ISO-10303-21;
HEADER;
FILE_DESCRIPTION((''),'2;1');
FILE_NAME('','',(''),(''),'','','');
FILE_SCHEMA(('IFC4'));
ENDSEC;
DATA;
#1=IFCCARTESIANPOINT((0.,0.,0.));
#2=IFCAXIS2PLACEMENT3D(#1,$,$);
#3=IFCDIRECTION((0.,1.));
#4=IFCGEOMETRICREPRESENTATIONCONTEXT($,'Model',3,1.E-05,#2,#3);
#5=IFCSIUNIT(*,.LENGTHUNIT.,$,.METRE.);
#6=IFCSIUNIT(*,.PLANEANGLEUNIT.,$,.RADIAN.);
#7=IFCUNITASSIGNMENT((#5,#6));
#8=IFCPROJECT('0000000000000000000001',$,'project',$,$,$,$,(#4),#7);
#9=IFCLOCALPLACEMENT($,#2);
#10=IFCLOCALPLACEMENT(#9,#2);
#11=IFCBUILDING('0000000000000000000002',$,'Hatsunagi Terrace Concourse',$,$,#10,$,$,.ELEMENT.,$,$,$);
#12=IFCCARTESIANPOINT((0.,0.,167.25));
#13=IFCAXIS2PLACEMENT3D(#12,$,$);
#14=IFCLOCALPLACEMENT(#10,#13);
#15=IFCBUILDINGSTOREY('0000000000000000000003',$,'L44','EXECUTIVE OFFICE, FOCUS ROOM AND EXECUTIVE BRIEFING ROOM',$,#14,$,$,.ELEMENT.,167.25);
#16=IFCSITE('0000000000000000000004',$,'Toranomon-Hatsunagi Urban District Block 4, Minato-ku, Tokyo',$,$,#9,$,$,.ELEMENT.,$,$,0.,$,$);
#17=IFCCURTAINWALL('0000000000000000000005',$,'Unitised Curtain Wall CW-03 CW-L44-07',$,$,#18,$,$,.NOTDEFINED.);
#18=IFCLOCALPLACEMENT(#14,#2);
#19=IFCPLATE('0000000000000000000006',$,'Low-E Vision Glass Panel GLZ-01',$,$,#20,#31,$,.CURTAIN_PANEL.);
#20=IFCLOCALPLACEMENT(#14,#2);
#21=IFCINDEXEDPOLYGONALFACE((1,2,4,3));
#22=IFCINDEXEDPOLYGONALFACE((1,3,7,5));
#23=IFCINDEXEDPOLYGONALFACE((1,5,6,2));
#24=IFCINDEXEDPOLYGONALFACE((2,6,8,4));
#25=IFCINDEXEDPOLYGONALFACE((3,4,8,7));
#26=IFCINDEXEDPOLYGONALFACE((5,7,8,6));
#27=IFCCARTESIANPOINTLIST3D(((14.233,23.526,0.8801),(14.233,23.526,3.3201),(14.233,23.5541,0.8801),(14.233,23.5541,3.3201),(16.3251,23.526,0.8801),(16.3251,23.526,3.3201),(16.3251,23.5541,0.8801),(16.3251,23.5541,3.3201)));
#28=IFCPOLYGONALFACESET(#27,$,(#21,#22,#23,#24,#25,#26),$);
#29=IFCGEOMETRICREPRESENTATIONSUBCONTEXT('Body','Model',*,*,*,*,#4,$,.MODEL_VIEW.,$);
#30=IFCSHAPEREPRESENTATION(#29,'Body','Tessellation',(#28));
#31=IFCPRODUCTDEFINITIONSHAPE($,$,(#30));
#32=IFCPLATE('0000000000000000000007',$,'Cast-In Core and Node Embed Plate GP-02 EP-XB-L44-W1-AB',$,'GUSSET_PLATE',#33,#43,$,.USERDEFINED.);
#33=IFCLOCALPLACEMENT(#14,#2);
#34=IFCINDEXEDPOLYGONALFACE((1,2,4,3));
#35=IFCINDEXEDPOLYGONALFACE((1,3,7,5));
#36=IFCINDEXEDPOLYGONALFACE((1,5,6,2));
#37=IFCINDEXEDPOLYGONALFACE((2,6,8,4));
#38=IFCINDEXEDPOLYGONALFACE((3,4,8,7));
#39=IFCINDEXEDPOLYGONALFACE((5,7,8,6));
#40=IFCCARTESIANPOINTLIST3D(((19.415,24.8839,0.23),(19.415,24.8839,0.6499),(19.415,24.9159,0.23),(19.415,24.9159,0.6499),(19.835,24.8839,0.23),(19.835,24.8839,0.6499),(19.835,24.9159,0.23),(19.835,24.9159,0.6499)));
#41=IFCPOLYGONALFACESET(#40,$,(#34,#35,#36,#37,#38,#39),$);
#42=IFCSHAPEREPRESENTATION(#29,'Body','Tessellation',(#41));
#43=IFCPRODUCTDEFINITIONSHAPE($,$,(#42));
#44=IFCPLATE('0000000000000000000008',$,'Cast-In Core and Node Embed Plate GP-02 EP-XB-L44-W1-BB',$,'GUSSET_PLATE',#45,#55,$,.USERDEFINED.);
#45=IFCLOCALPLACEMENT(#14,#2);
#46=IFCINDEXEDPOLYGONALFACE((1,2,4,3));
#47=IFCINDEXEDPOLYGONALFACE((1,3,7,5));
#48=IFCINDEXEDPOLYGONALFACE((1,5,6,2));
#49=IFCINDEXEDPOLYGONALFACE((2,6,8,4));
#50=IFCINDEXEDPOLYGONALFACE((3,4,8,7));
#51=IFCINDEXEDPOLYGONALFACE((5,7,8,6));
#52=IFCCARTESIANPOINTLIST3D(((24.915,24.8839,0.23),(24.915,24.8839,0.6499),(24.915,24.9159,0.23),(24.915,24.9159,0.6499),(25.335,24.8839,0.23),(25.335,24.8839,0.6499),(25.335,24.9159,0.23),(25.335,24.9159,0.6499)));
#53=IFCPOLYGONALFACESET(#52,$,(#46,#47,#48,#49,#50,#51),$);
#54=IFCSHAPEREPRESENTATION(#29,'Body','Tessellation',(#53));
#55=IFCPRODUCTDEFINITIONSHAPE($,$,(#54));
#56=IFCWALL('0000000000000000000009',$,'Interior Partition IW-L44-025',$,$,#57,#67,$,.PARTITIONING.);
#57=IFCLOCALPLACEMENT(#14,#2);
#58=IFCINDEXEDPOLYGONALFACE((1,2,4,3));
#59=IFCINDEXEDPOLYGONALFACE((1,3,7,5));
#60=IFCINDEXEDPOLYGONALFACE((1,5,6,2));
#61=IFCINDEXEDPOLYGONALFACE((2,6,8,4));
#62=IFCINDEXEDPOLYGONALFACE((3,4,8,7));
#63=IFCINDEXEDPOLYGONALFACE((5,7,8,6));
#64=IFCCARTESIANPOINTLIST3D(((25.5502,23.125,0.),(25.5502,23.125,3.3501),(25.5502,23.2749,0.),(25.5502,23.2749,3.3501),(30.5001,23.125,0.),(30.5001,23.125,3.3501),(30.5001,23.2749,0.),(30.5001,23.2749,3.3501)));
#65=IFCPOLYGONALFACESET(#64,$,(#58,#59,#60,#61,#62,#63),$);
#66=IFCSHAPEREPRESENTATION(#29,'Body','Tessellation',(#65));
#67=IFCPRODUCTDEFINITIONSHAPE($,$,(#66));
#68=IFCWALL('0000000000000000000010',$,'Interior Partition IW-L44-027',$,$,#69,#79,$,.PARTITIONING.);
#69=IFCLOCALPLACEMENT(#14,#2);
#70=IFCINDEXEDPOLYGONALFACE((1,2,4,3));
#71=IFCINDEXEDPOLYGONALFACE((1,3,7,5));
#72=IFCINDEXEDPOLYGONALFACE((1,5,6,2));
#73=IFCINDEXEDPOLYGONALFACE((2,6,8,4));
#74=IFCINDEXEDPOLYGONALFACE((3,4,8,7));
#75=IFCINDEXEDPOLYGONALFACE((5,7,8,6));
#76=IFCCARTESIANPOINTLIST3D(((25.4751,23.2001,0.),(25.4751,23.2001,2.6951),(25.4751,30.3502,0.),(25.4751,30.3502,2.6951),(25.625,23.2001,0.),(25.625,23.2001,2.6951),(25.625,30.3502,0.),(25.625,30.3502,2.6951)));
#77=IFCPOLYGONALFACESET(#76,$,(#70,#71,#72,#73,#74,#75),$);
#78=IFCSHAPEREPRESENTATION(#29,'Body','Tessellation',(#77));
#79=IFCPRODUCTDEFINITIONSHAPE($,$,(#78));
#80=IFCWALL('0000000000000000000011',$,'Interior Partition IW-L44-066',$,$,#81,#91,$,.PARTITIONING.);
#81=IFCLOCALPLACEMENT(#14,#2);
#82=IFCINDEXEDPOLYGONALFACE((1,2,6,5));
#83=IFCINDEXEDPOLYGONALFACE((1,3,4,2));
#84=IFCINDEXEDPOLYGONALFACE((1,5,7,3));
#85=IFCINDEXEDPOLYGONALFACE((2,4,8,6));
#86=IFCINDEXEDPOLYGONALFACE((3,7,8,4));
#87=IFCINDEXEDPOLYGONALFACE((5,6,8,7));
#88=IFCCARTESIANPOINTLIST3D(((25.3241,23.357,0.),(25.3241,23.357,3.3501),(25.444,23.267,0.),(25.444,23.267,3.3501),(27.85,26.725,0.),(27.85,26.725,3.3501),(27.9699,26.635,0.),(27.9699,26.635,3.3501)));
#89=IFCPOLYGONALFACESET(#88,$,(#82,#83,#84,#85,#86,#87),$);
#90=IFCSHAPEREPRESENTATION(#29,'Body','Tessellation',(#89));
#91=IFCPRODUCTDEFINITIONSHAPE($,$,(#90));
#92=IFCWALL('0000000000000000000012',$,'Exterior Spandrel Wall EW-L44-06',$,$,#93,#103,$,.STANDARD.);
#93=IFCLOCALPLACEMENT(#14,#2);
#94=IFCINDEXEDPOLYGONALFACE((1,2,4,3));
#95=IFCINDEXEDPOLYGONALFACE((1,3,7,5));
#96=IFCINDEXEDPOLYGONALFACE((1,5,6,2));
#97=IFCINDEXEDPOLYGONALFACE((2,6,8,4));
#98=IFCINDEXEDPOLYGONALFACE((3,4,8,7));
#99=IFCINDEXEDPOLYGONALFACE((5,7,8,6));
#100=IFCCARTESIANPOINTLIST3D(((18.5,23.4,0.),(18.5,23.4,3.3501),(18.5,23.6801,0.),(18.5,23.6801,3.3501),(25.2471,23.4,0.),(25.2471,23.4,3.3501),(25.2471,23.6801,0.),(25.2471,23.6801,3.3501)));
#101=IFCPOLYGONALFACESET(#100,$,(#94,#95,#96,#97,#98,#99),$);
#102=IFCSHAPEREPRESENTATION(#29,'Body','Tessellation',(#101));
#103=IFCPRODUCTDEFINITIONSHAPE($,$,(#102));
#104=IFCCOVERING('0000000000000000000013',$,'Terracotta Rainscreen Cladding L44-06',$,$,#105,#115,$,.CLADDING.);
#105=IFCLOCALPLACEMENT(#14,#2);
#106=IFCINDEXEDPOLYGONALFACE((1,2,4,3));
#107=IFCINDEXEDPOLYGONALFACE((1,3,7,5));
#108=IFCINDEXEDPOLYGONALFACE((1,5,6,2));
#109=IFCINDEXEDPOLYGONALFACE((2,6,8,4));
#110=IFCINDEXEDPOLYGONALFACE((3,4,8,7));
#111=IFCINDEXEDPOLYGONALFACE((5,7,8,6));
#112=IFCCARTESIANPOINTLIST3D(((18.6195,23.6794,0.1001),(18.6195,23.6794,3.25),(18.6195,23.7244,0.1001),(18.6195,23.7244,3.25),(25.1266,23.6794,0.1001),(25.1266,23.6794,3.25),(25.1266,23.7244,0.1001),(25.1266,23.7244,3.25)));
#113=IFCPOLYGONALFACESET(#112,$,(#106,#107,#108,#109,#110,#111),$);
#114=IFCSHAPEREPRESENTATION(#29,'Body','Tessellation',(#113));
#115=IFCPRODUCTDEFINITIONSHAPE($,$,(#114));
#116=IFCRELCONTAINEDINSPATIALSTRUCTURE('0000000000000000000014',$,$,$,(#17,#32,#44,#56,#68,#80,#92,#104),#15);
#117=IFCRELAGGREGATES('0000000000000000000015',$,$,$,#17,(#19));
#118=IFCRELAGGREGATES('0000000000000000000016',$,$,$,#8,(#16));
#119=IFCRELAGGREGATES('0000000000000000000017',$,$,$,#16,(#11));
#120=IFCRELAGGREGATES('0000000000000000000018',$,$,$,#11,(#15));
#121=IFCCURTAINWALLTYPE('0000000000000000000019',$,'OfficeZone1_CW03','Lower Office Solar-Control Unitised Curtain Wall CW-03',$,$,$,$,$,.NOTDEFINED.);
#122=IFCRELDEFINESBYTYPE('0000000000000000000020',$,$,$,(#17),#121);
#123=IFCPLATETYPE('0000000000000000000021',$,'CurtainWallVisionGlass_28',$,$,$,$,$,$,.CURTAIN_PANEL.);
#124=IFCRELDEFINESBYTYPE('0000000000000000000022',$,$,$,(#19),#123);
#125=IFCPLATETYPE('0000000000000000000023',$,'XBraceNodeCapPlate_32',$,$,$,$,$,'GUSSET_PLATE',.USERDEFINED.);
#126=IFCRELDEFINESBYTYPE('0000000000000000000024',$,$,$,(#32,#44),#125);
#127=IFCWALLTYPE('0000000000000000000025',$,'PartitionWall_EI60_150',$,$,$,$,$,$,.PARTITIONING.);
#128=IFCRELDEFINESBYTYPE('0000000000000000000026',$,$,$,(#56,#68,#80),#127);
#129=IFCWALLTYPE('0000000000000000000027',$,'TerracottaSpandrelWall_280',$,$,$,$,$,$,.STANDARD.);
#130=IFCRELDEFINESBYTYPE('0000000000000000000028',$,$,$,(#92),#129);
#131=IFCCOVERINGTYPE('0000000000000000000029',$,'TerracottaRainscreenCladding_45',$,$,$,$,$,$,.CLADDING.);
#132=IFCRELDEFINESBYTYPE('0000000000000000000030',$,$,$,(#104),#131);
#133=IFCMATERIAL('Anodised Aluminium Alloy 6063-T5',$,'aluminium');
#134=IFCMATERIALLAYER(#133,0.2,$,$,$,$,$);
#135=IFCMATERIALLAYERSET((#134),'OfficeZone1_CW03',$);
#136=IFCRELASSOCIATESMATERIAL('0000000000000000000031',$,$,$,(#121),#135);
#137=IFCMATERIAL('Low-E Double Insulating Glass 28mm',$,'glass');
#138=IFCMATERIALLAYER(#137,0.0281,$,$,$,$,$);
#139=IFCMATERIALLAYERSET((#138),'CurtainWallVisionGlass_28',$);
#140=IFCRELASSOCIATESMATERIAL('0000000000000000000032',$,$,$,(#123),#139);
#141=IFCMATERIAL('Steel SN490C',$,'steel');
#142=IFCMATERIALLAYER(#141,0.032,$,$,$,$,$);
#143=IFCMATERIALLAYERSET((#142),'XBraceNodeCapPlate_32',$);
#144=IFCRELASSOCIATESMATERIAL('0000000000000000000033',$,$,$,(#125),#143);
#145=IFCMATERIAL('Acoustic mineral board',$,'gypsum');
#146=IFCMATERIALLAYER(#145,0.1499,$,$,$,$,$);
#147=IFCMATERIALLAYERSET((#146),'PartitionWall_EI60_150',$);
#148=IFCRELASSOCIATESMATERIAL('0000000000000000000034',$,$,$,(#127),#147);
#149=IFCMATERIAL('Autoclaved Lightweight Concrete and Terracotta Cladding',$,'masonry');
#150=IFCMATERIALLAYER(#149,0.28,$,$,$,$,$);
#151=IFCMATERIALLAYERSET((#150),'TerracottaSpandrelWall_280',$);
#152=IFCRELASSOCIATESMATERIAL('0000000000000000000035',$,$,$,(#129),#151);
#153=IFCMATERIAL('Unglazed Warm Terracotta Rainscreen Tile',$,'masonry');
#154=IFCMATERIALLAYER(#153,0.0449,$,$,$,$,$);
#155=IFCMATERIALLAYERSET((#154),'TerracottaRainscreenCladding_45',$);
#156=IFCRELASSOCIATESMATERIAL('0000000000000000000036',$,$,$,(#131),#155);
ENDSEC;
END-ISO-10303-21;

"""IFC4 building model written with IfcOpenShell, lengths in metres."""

from ifc_helpers import new_model, si_unit, direction, frame, frame_2d, origin, origin_2d, place, context, subcontext, project, spatial, rectangle, extrude, material, layer, layer_set, type_object, element, aggregate, save


model = new_model("IFC4")

# Units and contexts
model_context = context("Model", 3, precision=1e-05, world=origin(), true_north=direction((0.0, 1.0)))
body_context = subcontext(model_context, "Body", "Model", "MODEL_VIEW")
ifc_project = project(units=[si_unit("LENGTHUNIT", "METRE"), si_unit("PLANEANGLEUNIT", "RADIAN")], contexts=[model_context])

# Site, building, storey
site_placement = place(None, origin())
site = spatial("IfcSite", under=ifc_project, at=site_placement, Name="Toranomon-Hatsunagi Urban District Block 4, Minato-ku, Tokyo", CompositionType="ELEMENT", RefElevation=0.0)
building_placement = place(site_placement, origin())
building = spatial("IfcBuilding", under=site, at=building_placement, Name="Hatsunagi Terrace Concourse", CompositionType="ELEMENT")
storey_placement = place(building_placement, frame((0.0, 0.0, 167.25)))
storey = spatial("IfcBuildingStorey", under=building, at=storey_placement, Name="L44", Description="EXECUTIVE OFFICE, FOCUS ROOM AND EXECUTIVE BRIEFING ROOM", CompositionType="ELEMENT", Elevation=167.25)

# Curtain wall
ifc_material_1 = material(Name="Anodised Aluminium Alloy 6063-T5", Category="aluminium")
ifc_layer_1 = layer(ifc_material_1, 0.2)
ifc_layer_set_1 = layer_set([ifc_layer_1], Name="OfficeZone1_CW03")
curtain_wall_type = type_object("IfcCurtainWallType", Name="OfficeZone1_CW03", Description="Lower Office Solar-Control Unitised Curtain Wall CW-03", PredefinedType="NOTDEFINED", material=ifc_layer_set_1)
curtain_wall_placement = place(storey_placement, origin())
curtain_wall = element("IfcCurtainWall", 1, at=curtain_wall_placement, inside=storey, type_object=curtain_wall_type, Name="Unitised Curtain Wall CW-03 CW-L44-07", PredefinedType="NOTDEFINED")

# Plate
ifc_material_2 = material(Name="Low-E Double Insulating Glass 28mm", Category="glass")
ifc_layer_2 = layer(ifc_material_2, 0.0281)
ifc_layer_set_2 = layer_set([ifc_layer_2], Name="CurtainWallVisionGlass_28")
plate_type_1 = type_object("IfcPlateType", Name="CurtainWallVisionGlass_28", PredefinedType="CURTAIN_PANEL", material=ifc_layer_set_2)
plate_1_placement = place(storey_placement, frame((15.2791, 23.54, 0.8801), z_axis=(0.0, 0.0, 1.0), x_axis=(-1.0, 0.0, 0.0)))
plate_1 = element("IfcPlate", 2, at=plate_1_placement, type_object=plate_type_1, Name="Low-E Vision Glass Panel GLZ-01", PredefinedType="CURTAIN_PANEL", context=body_context, shape_type="SweptSolid", body=[
    extrude(rectangle(XDim=2.092, YDim=0.0281, at=origin_2d()), origin(), (0.0, 0.0, 1.0), 2.4399),
])
aggregate(curtain_wall, [plate_1])

# Plates
ifc_material_3 = material(Name="Steel SN490C", Category="steel")
ifc_layer_3 = layer(ifc_material_3, 0.032)
ifc_layer_set_3 = layer_set([ifc_layer_3], Name="XBraceNodeCapPlate_32")
plate_type_2 = type_object("IfcPlateType", Name="XBraceNodeCapPlate_32", ElementType="GUSSET_PLATE", PredefinedType="USERDEFINED", material=ifc_layer_set_3)
for number, where, z_axis, x_axis, name in (
    (3, (19.625, 24.8999, 0.23), (0.0, 0.0, 1.0), (1.0, 0.0, 0.0), "Cast-In Core and Node Embed Plate GP-02 EP-XB-L44-W1-AB"),
    (4, (25.125, 24.8999, 0.23), (0.0, 0.0, 1.0), (1.0, 0.0, 0.0), "Cast-In Core and Node Embed Plate GP-02 EP-XB-L44-W1-BB"),
):
    element("IfcPlate", number, at=place(storey_placement, frame(where, z_axis=z_axis, x_axis=x_axis)), inside=storey, type_object=plate_type_2, Name=name, ObjectType="GUSSET_PLATE", PredefinedType="USERDEFINED", context=body_context, shape_type="SweptSolid", body=[
        extrude(rectangle(XDim=0.4199, YDim=0.032, at=origin_2d()), origin(), (0.0, 0.0, 1.0), 0.4199),
    ])

# Walls
ifc_material_4 = material(Name="Acoustic mineral board", Category="gypsum")
ifc_layer_4 = layer(ifc_material_4, 0.1499)
ifc_layer_set_4 = layer_set([ifc_layer_4], Name="PartitionWall_EI60_150")
wall_type_1 = type_object("IfcWallType", Name="PartitionWall_EI60_150", PredefinedType="PARTITIONING", material=ifc_layer_set_4)
wall_1_placement = place(storey_placement, frame((25.55, 23.2, 0.0), z_axis=(0.0, 0.0, 1.0), x_axis=(1.0, 0.0, 0.0)))
element("IfcWall", 5, at=wall_1_placement, inside=storey, type_object=wall_type_1, Name="Interior Partition IW-L44-025", PredefinedType="PARTITIONING", context=body_context, shape_type="SweptSolid", body=[
    extrude(rectangle(XDim=4.95, YDim=0.1499, at=frame_2d((2.4751, 0.0))), origin(), (0.0, 0.0, 1.0), 3.3501),
])
wall_2_placement = place(storey_placement, frame((25.55, 23.2, 0.0), z_axis=(0.0, 0.0, 1.0), x_axis=(0.0, 1.0, 0.0)))
element("IfcWall", 6, at=wall_2_placement, inside=storey, type_object=wall_type_1, Name="Interior Partition IW-L44-027", PredefinedType="PARTITIONING", context=body_context, shape_type="SweptSolid", body=[
    extrude(rectangle(XDim=7.1501, YDim=0.1499, at=frame_2d((3.5752, 0.0))), origin(), (0.0, 0.0, 1.0), 2.6951),
])

# Walls
wall_3_placement = place(storey_placement, frame((25.384, 23.312, 0.0), z_axis=(0.0, 0.0, 1.0), x_axis=(0.599991, 0.800007, 0.0)))
element("IfcWall", 7, at=wall_3_placement, inside=storey, type_object=wall_type_1, Name="Interior Partition IW-L44-066", PredefinedType="PARTITIONING", context=body_context, shape_type="SweptSolid", body=[
    extrude(rectangle(XDim=4.21, YDim=0.1499, at=frame_2d((2.105, 0.0))), origin(), (0.0, 0.0, 1.0), 3.3501),
])
ifc_material_5 = material(Name="Autoclaved Lightweight Concrete and Terracotta Cladding", Category="masonry")
ifc_layer_5 = layer(ifc_material_5, 0.28)
ifc_layer_set_5 = layer_set([ifc_layer_5], Name="TerracottaSpandrelWall_280")
wall_type_2 = type_object("IfcWallType", Name="TerracottaSpandrelWall_280", PredefinedType="STANDARD", material=ifc_layer_set_5)
wall_4_placement = place(storey_placement, frame((25.2471, 23.54, 0.0), z_axis=(0.0, 0.0, 1.0), x_axis=(-1.0, 0.0, 0.0)))
element("IfcWall", 8, at=wall_4_placement, inside=storey, type_object=wall_type_2, Name="Exterior Spandrel Wall EW-L44-06", PredefinedType="STANDARD", context=body_context, shape_type="SweptSolid", body=[
    extrude(rectangle(XDim=6.7471, YDim=0.28, at=frame_2d((3.3735, 0.0))), origin(), (0.0, 0.0, 1.0), 3.3501),
])

# Covering
ifc_material_6 = material(Name="Unglazed Warm Terracotta Rainscreen Tile", Category="masonry")
ifc_layer_6 = layer(ifc_material_6, 0.0449)
ifc_layer_set_6 = layer_set([ifc_layer_6], Name="TerracottaRainscreenCladding_45")
covering_type = type_object("IfcCoveringType", Name="TerracottaRainscreenCladding_45", PredefinedType="CLADDING", material=ifc_layer_set_6)
covering_placement = place(storey_placement, frame((21.873, 23.7019, 0.1001), z_axis=(0.0, 0.0, 1.0), x_axis=(-1.0, 0.0, 0.0)))
element("IfcCovering", 9, at=covering_placement, inside=storey, type_object=covering_type, Name="Terracotta Rainscreen Cladding L44-06", PredefinedType="CLADDING", context=body_context, shape_type="SweptSolid", body=[
    extrude(rectangle(XDim=6.5071, YDim=0.0449, at=origin_2d()), origin(), (0.0, 0.0, 1.0), 3.1499),
])

save(model, "model.ifc")
